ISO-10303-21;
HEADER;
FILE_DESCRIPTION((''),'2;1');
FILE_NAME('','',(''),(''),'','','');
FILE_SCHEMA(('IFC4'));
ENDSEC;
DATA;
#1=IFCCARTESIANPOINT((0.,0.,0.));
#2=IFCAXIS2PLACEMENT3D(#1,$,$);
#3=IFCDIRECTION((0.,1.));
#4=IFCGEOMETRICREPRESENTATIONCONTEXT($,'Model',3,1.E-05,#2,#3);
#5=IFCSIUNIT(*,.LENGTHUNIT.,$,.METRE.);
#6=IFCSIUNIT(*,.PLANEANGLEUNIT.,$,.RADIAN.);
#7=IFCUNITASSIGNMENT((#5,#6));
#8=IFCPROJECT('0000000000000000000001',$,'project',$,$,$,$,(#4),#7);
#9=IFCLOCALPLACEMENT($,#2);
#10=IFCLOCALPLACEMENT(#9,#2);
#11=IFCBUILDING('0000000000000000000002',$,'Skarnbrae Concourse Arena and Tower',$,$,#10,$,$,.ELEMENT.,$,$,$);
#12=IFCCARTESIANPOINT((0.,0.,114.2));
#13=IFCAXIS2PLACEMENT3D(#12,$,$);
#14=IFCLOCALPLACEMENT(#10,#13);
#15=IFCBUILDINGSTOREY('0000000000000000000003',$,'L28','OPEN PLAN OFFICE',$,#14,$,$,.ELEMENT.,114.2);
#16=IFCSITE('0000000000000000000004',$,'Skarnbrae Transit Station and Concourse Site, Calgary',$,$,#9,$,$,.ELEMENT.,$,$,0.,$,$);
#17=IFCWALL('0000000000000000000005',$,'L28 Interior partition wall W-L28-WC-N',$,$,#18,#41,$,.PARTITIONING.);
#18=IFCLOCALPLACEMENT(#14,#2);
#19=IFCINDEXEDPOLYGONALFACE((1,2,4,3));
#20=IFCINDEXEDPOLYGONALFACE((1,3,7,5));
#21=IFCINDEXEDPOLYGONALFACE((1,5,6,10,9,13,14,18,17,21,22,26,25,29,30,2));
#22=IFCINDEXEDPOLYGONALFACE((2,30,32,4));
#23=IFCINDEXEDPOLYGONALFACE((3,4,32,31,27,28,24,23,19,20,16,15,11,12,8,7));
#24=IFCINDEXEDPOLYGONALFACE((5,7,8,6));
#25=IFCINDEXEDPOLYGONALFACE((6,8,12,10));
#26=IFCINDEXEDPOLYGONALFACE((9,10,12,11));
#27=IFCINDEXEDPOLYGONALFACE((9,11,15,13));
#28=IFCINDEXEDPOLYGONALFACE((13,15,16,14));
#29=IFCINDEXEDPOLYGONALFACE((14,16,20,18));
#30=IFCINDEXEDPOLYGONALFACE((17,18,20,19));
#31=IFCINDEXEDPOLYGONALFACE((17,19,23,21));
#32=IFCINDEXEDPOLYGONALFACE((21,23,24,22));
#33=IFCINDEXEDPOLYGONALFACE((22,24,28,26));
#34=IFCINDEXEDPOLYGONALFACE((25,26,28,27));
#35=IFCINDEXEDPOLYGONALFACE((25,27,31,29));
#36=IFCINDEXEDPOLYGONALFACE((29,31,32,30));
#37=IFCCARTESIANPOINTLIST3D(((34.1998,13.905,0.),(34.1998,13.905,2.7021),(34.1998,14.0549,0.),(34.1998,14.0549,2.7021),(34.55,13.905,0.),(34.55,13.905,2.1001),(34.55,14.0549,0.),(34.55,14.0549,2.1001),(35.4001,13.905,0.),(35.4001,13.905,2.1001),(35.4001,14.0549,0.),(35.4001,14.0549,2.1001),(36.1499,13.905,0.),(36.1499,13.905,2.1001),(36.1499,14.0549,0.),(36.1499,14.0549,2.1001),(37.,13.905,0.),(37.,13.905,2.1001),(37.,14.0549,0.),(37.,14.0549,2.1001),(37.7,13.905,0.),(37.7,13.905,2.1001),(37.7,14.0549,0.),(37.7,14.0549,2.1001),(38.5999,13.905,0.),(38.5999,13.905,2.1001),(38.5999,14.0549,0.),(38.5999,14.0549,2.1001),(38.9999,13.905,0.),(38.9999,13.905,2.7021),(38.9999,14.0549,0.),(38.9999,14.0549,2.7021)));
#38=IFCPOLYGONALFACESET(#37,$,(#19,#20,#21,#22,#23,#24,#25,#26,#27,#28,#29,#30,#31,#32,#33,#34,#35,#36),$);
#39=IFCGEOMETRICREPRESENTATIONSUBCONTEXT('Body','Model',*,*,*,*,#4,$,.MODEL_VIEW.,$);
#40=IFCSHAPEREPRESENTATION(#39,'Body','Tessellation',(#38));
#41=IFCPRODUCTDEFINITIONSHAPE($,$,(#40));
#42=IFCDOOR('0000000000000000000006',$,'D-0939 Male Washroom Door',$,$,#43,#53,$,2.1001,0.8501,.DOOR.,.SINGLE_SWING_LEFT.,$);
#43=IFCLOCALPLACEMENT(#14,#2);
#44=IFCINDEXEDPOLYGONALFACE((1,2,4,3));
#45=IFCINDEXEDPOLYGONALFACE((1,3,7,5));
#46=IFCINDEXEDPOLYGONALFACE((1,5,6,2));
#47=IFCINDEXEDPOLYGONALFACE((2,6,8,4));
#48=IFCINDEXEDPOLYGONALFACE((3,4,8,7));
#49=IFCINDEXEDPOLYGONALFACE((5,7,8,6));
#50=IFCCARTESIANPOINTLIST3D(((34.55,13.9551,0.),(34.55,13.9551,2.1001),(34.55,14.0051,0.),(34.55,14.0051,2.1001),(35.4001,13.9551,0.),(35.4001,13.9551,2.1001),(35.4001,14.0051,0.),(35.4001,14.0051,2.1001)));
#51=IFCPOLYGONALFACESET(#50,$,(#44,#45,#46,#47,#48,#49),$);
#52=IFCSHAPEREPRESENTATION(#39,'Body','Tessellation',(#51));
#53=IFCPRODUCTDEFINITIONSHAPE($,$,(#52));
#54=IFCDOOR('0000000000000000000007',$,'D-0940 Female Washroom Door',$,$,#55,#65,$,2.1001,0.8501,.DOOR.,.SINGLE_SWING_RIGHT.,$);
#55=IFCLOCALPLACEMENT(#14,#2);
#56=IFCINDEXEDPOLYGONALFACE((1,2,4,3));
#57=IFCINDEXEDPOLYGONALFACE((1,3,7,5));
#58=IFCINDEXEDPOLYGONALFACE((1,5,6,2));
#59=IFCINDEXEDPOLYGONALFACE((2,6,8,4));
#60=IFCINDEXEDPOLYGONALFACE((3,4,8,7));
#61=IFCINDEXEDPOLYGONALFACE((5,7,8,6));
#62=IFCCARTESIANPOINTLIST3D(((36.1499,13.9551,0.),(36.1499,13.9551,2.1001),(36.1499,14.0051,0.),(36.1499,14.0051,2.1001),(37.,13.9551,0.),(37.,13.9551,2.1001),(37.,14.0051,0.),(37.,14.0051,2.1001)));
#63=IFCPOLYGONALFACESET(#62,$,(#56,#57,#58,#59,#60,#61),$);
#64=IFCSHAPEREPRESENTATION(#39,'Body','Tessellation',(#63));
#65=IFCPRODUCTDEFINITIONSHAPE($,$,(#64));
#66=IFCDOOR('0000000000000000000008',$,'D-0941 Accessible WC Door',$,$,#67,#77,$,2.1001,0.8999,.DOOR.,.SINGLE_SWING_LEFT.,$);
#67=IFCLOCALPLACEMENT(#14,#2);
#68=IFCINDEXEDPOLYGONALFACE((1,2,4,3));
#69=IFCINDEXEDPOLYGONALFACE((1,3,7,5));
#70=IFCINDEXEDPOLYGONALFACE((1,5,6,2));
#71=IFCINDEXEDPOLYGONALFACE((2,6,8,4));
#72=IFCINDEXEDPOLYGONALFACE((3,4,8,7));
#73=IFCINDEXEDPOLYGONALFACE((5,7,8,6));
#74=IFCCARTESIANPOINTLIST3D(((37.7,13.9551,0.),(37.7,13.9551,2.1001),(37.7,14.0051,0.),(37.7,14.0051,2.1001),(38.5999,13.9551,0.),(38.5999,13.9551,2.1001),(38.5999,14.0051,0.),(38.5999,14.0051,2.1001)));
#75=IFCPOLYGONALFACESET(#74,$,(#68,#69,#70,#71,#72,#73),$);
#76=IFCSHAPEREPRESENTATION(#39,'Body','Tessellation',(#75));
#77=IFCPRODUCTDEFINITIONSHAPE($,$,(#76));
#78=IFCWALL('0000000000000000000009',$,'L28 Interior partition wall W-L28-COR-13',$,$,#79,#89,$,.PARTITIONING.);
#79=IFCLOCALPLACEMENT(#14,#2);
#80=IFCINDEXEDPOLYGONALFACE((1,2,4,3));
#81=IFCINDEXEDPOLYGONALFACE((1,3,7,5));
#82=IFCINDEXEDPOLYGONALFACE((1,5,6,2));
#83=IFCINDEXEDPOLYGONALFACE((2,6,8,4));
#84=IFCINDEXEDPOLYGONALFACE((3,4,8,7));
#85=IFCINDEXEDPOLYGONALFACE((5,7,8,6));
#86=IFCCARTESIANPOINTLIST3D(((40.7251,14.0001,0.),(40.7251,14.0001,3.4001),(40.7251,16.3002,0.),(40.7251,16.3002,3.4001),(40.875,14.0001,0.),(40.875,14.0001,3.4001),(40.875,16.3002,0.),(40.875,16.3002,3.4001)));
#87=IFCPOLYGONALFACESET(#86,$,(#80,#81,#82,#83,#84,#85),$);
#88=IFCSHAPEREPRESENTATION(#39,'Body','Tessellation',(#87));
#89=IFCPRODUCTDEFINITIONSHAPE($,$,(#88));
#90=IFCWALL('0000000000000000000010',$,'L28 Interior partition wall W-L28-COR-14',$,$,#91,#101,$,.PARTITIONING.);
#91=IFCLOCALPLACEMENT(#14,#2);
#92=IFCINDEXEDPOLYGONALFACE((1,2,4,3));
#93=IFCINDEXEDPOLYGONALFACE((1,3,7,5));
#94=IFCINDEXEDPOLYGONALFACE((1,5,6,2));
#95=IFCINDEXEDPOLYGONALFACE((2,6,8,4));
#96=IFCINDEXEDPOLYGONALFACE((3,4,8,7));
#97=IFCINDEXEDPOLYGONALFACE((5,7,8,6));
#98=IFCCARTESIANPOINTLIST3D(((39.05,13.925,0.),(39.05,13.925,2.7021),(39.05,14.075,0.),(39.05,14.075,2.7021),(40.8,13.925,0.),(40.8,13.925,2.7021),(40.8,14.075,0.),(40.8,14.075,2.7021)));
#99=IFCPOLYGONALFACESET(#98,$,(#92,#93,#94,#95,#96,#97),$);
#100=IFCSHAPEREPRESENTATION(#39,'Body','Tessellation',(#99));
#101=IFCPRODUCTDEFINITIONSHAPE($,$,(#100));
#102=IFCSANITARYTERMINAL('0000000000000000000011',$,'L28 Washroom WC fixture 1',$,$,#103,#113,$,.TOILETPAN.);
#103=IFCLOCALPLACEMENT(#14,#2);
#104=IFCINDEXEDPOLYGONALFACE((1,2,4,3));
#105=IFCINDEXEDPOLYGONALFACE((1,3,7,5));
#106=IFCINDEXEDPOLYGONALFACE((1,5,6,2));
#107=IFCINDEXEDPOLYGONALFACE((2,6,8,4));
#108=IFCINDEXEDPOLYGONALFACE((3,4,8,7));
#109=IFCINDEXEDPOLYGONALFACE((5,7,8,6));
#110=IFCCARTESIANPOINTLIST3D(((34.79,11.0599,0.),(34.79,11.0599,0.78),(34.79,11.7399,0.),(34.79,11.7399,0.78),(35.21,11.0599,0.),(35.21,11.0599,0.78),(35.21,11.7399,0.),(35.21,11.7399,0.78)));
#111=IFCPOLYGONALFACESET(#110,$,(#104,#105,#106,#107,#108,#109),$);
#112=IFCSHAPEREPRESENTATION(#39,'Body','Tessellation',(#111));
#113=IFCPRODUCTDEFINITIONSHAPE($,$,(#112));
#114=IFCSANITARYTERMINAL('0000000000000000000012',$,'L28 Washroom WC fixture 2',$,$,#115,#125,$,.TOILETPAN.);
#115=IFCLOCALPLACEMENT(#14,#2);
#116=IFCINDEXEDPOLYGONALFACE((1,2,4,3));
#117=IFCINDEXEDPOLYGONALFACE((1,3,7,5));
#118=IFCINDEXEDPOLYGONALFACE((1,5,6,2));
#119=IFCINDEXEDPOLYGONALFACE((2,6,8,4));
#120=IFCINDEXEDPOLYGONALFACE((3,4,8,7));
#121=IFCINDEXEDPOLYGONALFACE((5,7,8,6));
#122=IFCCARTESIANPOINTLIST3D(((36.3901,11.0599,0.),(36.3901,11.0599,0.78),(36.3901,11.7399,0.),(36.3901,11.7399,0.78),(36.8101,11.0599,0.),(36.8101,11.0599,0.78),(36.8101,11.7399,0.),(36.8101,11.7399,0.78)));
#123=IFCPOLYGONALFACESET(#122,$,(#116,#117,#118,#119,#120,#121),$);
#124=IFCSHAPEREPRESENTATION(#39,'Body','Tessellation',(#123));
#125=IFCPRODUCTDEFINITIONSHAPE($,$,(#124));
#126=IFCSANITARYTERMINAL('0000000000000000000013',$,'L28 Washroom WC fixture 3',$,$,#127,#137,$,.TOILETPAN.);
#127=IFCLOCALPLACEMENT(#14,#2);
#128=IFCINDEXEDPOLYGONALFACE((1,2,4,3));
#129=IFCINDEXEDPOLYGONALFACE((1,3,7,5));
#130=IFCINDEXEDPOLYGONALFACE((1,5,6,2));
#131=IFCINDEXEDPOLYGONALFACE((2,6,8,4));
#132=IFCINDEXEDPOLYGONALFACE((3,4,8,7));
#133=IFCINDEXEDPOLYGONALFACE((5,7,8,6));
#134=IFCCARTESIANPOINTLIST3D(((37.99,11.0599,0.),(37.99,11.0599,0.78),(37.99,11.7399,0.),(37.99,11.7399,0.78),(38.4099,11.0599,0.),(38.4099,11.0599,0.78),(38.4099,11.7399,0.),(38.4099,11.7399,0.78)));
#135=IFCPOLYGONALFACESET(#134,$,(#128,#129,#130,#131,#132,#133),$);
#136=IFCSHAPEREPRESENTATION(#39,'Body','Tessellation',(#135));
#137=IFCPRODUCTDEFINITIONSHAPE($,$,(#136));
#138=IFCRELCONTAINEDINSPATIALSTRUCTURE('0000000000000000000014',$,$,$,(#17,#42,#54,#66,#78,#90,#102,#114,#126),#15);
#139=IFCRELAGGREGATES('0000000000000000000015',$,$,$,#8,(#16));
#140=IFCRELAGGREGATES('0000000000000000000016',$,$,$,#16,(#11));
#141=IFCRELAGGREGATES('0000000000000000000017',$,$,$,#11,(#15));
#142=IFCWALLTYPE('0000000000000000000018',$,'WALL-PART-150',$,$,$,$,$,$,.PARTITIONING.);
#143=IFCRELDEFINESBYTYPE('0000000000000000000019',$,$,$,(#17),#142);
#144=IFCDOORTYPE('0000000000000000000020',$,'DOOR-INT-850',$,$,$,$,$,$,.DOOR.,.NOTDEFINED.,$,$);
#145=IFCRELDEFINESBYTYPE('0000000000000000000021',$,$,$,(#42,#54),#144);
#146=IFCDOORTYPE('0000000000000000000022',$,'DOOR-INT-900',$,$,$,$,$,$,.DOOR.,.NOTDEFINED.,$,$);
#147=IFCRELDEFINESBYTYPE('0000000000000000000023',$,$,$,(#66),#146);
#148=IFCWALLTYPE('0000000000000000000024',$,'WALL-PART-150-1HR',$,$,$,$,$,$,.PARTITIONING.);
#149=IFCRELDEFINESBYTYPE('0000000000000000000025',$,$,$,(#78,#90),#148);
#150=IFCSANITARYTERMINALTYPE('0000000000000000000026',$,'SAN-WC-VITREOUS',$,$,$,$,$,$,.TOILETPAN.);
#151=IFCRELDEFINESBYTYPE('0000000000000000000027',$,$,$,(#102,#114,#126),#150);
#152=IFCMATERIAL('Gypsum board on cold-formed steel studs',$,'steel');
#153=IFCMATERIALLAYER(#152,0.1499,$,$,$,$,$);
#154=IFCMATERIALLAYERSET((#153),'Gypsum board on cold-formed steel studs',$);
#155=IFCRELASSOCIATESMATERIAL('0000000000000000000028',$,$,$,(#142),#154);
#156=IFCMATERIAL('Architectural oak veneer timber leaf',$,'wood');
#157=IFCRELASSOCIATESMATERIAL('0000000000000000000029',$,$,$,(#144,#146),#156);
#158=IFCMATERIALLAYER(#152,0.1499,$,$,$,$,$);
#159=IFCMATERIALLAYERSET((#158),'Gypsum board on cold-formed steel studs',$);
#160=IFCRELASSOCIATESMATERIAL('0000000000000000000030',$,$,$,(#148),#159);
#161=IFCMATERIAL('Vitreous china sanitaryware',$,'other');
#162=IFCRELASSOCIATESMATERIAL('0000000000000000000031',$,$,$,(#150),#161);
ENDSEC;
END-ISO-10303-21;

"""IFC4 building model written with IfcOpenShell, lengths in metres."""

from ifc_helpers import new_model, si_unit, direction, frame, frame_2d, origin, origin_2d, place, context, subcontext, project, spatial, rectangle, extrude, source, transform, mapped, material, layer, layer_set, type_object, element, fill, save


model = new_model("IFC4")

# Units and contexts
model_context = context("Model", 3, precision=1e-05, world=origin(), true_north=direction((0.0, 1.0)))
body_context = subcontext(model_context, "Body", "Model", "MODEL_VIEW")
ifc_project = project(units=[si_unit("LENGTHUNIT", "METRE"), si_unit("PLANEANGLEUNIT", "RADIAN")], contexts=[model_context])

# Site, building, storey
site_placement = place(None, origin())
site = spatial("IfcSite", under=ifc_project, at=site_placement, Name="Skarnbrae Transit Station and Concourse Site, Calgary", CompositionType="ELEMENT", RefElevation=0.0)
building_placement = place(site_placement, origin())
building = spatial("IfcBuilding", under=site, at=building_placement, Name="Skarnbrae Concourse Arena and Tower", CompositionType="ELEMENT")
storey_placement = place(building_placement, frame((0.0, 0.0, 114.2)))
storey = spatial("IfcBuildingStorey", under=building, at=storey_placement, Name="L28", Description="OPEN PLAN OFFICE", CompositionType="ELEMENT", Elevation=114.2)

# Wall, openings, doors
ifc_material_1 = material(Name="Gypsum board on cold-formed steel studs", Category="steel")
ifc_layer_1 = layer(ifc_material_1, 0.1499)
ifc_layer_set_1 = layer_set([ifc_layer_1], Name="Gypsum board on cold-formed steel studs")
wall_type_1 = type_object("IfcWallType", Name="WALL-PART-150", PredefinedType="PARTITIONING", material=ifc_layer_set_1)
shared_shape_1 = source(origin(), body_context, "Body", "SweptSolid", [
    extrude(rectangle(XDim=4.8, YDim=0.1499, at=frame_2d((2.3999, 0.0))), origin(), (0.0, 0.0, 1.0), 2.7021),
])
wall_1_placement = place(storey_placement, frame((34.2, 13.98, 0.0), z_axis=(0.0, 0.0, 1.0), x_axis=(1.0, 0.0, 0.0)))
wall_1 = element("IfcWall", 1, at=wall_1_placement, inside=storey, type_object=wall_type_1, Name="L28 Interior partition wall W-L28-WC-N", PredefinedType="PARTITIONING", context=body_context, shape_type="MappedRepresentation", body=[
    mapped(shared_shape_1, transform((0.0, 0.0, 0.0))),
])
opening_1_placement = place(wall_1_placement, frame((0.3501, 0.0, 0.0)))
opening_1 = element("IfcOpeningElement", 2, at=opening_1_placement, cuts=wall_1, PredefinedType="OPENING", context=body_context, shape_type="SweptSolid", body=[
    extrude(rectangle(XDim=0.8501, YDim=2.1001, at=frame_2d((0.425, 1.05))), frame((0.0, 0.085, 0.0), z_axis=(0.0, -1.0, 0.0), x_axis=(1.0, 0.0, 0.0)), (0.0, 0.0, 1.0), 0.1699),
])
opening_2_placement = place(wall_1_placement, frame((1.95, 0.0, 0.0)))
opening_2 = element("IfcOpeningElement", 3, at=opening_2_placement, cuts=wall_1, PredefinedType="OPENING", context=body_context, shape_type="SweptSolid", body=[
    extrude(rectangle(XDim=0.8501, YDim=2.1001, at=frame_2d((0.425, 1.05))), frame((0.0, 0.085, 0.0), z_axis=(0.0, -1.0, 0.0), x_axis=(1.0, 0.0, 0.0)), (0.0, 0.0, 1.0), 0.1699),
])
opening_3_placement = place(wall_1_placement, frame((3.5, 0.0, 0.0)))
opening_3 = element("IfcOpeningElement", 4, at=opening_3_placement, cuts=wall_1, PredefinedType="OPENING", context=body_context, shape_type="SweptSolid", body=[
    extrude(rectangle(XDim=0.8999, YDim=2.1001, at=frame_2d((0.45, 1.05))), frame((0.0, 0.085, 0.0), z_axis=(0.0, -1.0, 0.0), x_axis=(1.0, 0.0, 0.0)), (0.0, 0.0, 1.0), 0.1699),
])
ifc_material_2 = material(Name="Architectural oak veneer timber leaf", Category="wood")
door_type_1 = type_object("IfcDoorType", Name="DOOR-INT-850", OperationType="NOTDEFINED", PredefinedType="DOOR", material=ifc_material_2)
shared_shape_2 = source(origin(), body_context, "Body", "SweptSolid", [
    extrude(rectangle(XDim=0.8501, YDim=2.1001, at=frame_2d((0.425, 1.05))), frame((0.0, 0.0249, 0.0), z_axis=(0.0, -1.0, 0.0), x_axis=(1.0, 0.0, 0.0)), (0.0, 0.0, 1.0), 0.05),
])
door_1_placement = place(opening_1_placement, frame((0.8501, 0.0, 0.0), z_axis=(0.0, 0.0, 1.0), x_axis=(-1.0, 0.0, 0.0)))
door_1 = element("IfcDoor", 5, at=door_1_placement, inside=storey, type_object=door_type_1, Name="D-0939 Male Washroom Door", OperationType="SINGLE_SWING_LEFT", OverallHeight=2.1001, OverallWidth=0.8501, PredefinedType="DOOR", context=body_context, shape_type="MappedRepresentation", body=[
    mapped(shared_shape_2, transform((0.0, 0.0, 0.0))),
])
fill(opening_1, door_1)
door_2_placement = place(opening_2_placement, frame((0.8501, 0.0, 0.0), z_axis=(0.0, 0.0, 1.0), x_axis=(-1.0, 0.0, 0.0)))
door_2 = element("IfcDoor", 6, at=door_2_placement, inside=storey, type_object=door_type_1, Name="D-0940 Female Washroom Door", OperationType="SINGLE_SWING_RIGHT", OverallHeight=2.1001, OverallWidth=0.8501, PredefinedType="DOOR", context=body_context, shape_type="MappedRepresentation", body=[
    mapped(shared_shape_2, transform((0.0, 0.0, 0.0))),
])
fill(opening_2, door_2)
door_type_2 = type_object("IfcDoorType", Name="DOOR-INT-900", OperationType="NOTDEFINED", PredefinedType="DOOR", material=ifc_material_2)
shared_shape_3 = source(origin(), body_context, "Body", "SweptSolid", [
    extrude(rectangle(XDim=0.8999, YDim=2.1001, at=frame_2d((0.45, 1.05))), frame((0.0, 0.0249, 0.0), z_axis=(0.0, -1.0, 0.0), x_axis=(1.0, 0.0, 0.0)), (0.0, 0.0, 1.0), 0.05),
])
door_3_placement = place(opening_3_placement, frame((0.8999, 0.0, 0.0), z_axis=(0.0, 0.0, 1.0), x_axis=(-1.0, 0.0, 0.0)))
door_3 = element("IfcDoor", 7, at=door_3_placement, inside=storey, type_object=door_type_2, Name="D-0941 Accessible WC Door", OperationType="SINGLE_SWING_LEFT", OverallHeight=2.1001, OverallWidth=0.8999, PredefinedType="DOOR", context=body_context, shape_type="MappedRepresentation", body=[
    mapped(shared_shape_3, transform((0.0, 0.0, 0.0))),
])
fill(opening_3, door_3)

# Walls
ifc_layer_2 = layer(ifc_material_1, 0.1499)
ifc_layer_set_2 = layer_set([ifc_layer_2], Name="Gypsum board on cold-formed steel studs")
wall_type_2 = type_object("IfcWallType", Name="WALL-PART-150-1HR", PredefinedType="PARTITIONING", material=ifc_layer_set_2)
shared_shape_4 = source(origin(), body_context, "Body", "SweptSolid", [
    extrude(rectangle(XDim=2.3, YDim=0.1499, at=frame_2d((1.1499, 0.0))), origin(), (0.0, 0.0, 1.0), 3.4001),
])
wall_2_placement = place(storey_placement, frame((40.8, 16.3, 0.0), z_axis=(0.0, 0.0, 1.0), x_axis=(0.0, -1.0, 0.0)))
element("IfcWall", 8, at=wall_2_placement, inside=storey, type_object=wall_type_2, Name="L28 Interior partition wall W-L28-COR-13", PredefinedType="PARTITIONING", context=body_context, shape_type="MappedRepresentation", body=[
    mapped(shared_shape_4, transform((0.0, 0.0, 0.0))),
])
shared_shape_5 = source(origin(), body_context, "Body", "SweptSolid", [
    extrude(rectangle(XDim=1.75, YDim=0.1499, at=frame_2d((0.875, 0.0))), origin(), (0.0, 0.0, 1.0), 2.7021),
])
wall_3_placement = place(storey_placement, frame((40.8, 14.0, 0.0), z_axis=(0.0, 0.0, 1.0), x_axis=(-1.0, 0.0, 0.0)))
element("IfcWall", 9, at=wall_3_placement, inside=storey, type_object=wall_type_2, Name="L28 Interior partition wall W-L28-COR-14", PredefinedType="PARTITIONING", context=body_context, shape_type="MappedRepresentation", body=[
    mapped(shared_shape_5, transform((0.0, 0.0, 0.0))),
])

# Sanitary terminals
ifc_material_3 = material(Name="Vitreous china sanitaryware", Category="other")
sanitary_terminal_type = type_object("IfcSanitaryTerminalType", Name="SAN-WC-VITREOUS", PredefinedType="TOILETPAN", material=ifc_material_3)
shared_shape_6 = source(origin(), body_context, "Body", "SweptSolid", [
    extrude(rectangle(XDim=0.4199, YDim=0.6799, at=origin_2d()), origin(), (0.0, 0.0, 1.0), 0.78),
])
for number, where, z_axis, x_axis, name in (
    (10, (35.0, 11.3999, 0.0), (0.0, 0.0, 1.0), (1.0, 0.0, 0.0), "L28 Washroom WC fixture 1"),
    (11, (36.6001, 11.3999, 0.0), (0.0, 0.0, 1.0), (1.0, 0.0, 0.0), "L28 Washroom WC fixture 2"),
    (12, (38.2, 11.3999, 0.0), (0.0, 0.0, 1.0), (1.0, 0.0, 0.0), "L28 Washroom WC fixture 3"),
):
    element("IfcSanitaryTerminal", number, at=place(storey_placement, frame(where, z_axis=z_axis, x_axis=x_axis)), inside=storey, type_object=sanitary_terminal_type, Name=name, PredefinedType="TOILETPAN", context=body_context, shape_type="MappedRepresentation", body=[
        mapped(shared_shape_6, transform((0.0, 0.0, 0.0))),
    ])

save(model, "model.ifc")
